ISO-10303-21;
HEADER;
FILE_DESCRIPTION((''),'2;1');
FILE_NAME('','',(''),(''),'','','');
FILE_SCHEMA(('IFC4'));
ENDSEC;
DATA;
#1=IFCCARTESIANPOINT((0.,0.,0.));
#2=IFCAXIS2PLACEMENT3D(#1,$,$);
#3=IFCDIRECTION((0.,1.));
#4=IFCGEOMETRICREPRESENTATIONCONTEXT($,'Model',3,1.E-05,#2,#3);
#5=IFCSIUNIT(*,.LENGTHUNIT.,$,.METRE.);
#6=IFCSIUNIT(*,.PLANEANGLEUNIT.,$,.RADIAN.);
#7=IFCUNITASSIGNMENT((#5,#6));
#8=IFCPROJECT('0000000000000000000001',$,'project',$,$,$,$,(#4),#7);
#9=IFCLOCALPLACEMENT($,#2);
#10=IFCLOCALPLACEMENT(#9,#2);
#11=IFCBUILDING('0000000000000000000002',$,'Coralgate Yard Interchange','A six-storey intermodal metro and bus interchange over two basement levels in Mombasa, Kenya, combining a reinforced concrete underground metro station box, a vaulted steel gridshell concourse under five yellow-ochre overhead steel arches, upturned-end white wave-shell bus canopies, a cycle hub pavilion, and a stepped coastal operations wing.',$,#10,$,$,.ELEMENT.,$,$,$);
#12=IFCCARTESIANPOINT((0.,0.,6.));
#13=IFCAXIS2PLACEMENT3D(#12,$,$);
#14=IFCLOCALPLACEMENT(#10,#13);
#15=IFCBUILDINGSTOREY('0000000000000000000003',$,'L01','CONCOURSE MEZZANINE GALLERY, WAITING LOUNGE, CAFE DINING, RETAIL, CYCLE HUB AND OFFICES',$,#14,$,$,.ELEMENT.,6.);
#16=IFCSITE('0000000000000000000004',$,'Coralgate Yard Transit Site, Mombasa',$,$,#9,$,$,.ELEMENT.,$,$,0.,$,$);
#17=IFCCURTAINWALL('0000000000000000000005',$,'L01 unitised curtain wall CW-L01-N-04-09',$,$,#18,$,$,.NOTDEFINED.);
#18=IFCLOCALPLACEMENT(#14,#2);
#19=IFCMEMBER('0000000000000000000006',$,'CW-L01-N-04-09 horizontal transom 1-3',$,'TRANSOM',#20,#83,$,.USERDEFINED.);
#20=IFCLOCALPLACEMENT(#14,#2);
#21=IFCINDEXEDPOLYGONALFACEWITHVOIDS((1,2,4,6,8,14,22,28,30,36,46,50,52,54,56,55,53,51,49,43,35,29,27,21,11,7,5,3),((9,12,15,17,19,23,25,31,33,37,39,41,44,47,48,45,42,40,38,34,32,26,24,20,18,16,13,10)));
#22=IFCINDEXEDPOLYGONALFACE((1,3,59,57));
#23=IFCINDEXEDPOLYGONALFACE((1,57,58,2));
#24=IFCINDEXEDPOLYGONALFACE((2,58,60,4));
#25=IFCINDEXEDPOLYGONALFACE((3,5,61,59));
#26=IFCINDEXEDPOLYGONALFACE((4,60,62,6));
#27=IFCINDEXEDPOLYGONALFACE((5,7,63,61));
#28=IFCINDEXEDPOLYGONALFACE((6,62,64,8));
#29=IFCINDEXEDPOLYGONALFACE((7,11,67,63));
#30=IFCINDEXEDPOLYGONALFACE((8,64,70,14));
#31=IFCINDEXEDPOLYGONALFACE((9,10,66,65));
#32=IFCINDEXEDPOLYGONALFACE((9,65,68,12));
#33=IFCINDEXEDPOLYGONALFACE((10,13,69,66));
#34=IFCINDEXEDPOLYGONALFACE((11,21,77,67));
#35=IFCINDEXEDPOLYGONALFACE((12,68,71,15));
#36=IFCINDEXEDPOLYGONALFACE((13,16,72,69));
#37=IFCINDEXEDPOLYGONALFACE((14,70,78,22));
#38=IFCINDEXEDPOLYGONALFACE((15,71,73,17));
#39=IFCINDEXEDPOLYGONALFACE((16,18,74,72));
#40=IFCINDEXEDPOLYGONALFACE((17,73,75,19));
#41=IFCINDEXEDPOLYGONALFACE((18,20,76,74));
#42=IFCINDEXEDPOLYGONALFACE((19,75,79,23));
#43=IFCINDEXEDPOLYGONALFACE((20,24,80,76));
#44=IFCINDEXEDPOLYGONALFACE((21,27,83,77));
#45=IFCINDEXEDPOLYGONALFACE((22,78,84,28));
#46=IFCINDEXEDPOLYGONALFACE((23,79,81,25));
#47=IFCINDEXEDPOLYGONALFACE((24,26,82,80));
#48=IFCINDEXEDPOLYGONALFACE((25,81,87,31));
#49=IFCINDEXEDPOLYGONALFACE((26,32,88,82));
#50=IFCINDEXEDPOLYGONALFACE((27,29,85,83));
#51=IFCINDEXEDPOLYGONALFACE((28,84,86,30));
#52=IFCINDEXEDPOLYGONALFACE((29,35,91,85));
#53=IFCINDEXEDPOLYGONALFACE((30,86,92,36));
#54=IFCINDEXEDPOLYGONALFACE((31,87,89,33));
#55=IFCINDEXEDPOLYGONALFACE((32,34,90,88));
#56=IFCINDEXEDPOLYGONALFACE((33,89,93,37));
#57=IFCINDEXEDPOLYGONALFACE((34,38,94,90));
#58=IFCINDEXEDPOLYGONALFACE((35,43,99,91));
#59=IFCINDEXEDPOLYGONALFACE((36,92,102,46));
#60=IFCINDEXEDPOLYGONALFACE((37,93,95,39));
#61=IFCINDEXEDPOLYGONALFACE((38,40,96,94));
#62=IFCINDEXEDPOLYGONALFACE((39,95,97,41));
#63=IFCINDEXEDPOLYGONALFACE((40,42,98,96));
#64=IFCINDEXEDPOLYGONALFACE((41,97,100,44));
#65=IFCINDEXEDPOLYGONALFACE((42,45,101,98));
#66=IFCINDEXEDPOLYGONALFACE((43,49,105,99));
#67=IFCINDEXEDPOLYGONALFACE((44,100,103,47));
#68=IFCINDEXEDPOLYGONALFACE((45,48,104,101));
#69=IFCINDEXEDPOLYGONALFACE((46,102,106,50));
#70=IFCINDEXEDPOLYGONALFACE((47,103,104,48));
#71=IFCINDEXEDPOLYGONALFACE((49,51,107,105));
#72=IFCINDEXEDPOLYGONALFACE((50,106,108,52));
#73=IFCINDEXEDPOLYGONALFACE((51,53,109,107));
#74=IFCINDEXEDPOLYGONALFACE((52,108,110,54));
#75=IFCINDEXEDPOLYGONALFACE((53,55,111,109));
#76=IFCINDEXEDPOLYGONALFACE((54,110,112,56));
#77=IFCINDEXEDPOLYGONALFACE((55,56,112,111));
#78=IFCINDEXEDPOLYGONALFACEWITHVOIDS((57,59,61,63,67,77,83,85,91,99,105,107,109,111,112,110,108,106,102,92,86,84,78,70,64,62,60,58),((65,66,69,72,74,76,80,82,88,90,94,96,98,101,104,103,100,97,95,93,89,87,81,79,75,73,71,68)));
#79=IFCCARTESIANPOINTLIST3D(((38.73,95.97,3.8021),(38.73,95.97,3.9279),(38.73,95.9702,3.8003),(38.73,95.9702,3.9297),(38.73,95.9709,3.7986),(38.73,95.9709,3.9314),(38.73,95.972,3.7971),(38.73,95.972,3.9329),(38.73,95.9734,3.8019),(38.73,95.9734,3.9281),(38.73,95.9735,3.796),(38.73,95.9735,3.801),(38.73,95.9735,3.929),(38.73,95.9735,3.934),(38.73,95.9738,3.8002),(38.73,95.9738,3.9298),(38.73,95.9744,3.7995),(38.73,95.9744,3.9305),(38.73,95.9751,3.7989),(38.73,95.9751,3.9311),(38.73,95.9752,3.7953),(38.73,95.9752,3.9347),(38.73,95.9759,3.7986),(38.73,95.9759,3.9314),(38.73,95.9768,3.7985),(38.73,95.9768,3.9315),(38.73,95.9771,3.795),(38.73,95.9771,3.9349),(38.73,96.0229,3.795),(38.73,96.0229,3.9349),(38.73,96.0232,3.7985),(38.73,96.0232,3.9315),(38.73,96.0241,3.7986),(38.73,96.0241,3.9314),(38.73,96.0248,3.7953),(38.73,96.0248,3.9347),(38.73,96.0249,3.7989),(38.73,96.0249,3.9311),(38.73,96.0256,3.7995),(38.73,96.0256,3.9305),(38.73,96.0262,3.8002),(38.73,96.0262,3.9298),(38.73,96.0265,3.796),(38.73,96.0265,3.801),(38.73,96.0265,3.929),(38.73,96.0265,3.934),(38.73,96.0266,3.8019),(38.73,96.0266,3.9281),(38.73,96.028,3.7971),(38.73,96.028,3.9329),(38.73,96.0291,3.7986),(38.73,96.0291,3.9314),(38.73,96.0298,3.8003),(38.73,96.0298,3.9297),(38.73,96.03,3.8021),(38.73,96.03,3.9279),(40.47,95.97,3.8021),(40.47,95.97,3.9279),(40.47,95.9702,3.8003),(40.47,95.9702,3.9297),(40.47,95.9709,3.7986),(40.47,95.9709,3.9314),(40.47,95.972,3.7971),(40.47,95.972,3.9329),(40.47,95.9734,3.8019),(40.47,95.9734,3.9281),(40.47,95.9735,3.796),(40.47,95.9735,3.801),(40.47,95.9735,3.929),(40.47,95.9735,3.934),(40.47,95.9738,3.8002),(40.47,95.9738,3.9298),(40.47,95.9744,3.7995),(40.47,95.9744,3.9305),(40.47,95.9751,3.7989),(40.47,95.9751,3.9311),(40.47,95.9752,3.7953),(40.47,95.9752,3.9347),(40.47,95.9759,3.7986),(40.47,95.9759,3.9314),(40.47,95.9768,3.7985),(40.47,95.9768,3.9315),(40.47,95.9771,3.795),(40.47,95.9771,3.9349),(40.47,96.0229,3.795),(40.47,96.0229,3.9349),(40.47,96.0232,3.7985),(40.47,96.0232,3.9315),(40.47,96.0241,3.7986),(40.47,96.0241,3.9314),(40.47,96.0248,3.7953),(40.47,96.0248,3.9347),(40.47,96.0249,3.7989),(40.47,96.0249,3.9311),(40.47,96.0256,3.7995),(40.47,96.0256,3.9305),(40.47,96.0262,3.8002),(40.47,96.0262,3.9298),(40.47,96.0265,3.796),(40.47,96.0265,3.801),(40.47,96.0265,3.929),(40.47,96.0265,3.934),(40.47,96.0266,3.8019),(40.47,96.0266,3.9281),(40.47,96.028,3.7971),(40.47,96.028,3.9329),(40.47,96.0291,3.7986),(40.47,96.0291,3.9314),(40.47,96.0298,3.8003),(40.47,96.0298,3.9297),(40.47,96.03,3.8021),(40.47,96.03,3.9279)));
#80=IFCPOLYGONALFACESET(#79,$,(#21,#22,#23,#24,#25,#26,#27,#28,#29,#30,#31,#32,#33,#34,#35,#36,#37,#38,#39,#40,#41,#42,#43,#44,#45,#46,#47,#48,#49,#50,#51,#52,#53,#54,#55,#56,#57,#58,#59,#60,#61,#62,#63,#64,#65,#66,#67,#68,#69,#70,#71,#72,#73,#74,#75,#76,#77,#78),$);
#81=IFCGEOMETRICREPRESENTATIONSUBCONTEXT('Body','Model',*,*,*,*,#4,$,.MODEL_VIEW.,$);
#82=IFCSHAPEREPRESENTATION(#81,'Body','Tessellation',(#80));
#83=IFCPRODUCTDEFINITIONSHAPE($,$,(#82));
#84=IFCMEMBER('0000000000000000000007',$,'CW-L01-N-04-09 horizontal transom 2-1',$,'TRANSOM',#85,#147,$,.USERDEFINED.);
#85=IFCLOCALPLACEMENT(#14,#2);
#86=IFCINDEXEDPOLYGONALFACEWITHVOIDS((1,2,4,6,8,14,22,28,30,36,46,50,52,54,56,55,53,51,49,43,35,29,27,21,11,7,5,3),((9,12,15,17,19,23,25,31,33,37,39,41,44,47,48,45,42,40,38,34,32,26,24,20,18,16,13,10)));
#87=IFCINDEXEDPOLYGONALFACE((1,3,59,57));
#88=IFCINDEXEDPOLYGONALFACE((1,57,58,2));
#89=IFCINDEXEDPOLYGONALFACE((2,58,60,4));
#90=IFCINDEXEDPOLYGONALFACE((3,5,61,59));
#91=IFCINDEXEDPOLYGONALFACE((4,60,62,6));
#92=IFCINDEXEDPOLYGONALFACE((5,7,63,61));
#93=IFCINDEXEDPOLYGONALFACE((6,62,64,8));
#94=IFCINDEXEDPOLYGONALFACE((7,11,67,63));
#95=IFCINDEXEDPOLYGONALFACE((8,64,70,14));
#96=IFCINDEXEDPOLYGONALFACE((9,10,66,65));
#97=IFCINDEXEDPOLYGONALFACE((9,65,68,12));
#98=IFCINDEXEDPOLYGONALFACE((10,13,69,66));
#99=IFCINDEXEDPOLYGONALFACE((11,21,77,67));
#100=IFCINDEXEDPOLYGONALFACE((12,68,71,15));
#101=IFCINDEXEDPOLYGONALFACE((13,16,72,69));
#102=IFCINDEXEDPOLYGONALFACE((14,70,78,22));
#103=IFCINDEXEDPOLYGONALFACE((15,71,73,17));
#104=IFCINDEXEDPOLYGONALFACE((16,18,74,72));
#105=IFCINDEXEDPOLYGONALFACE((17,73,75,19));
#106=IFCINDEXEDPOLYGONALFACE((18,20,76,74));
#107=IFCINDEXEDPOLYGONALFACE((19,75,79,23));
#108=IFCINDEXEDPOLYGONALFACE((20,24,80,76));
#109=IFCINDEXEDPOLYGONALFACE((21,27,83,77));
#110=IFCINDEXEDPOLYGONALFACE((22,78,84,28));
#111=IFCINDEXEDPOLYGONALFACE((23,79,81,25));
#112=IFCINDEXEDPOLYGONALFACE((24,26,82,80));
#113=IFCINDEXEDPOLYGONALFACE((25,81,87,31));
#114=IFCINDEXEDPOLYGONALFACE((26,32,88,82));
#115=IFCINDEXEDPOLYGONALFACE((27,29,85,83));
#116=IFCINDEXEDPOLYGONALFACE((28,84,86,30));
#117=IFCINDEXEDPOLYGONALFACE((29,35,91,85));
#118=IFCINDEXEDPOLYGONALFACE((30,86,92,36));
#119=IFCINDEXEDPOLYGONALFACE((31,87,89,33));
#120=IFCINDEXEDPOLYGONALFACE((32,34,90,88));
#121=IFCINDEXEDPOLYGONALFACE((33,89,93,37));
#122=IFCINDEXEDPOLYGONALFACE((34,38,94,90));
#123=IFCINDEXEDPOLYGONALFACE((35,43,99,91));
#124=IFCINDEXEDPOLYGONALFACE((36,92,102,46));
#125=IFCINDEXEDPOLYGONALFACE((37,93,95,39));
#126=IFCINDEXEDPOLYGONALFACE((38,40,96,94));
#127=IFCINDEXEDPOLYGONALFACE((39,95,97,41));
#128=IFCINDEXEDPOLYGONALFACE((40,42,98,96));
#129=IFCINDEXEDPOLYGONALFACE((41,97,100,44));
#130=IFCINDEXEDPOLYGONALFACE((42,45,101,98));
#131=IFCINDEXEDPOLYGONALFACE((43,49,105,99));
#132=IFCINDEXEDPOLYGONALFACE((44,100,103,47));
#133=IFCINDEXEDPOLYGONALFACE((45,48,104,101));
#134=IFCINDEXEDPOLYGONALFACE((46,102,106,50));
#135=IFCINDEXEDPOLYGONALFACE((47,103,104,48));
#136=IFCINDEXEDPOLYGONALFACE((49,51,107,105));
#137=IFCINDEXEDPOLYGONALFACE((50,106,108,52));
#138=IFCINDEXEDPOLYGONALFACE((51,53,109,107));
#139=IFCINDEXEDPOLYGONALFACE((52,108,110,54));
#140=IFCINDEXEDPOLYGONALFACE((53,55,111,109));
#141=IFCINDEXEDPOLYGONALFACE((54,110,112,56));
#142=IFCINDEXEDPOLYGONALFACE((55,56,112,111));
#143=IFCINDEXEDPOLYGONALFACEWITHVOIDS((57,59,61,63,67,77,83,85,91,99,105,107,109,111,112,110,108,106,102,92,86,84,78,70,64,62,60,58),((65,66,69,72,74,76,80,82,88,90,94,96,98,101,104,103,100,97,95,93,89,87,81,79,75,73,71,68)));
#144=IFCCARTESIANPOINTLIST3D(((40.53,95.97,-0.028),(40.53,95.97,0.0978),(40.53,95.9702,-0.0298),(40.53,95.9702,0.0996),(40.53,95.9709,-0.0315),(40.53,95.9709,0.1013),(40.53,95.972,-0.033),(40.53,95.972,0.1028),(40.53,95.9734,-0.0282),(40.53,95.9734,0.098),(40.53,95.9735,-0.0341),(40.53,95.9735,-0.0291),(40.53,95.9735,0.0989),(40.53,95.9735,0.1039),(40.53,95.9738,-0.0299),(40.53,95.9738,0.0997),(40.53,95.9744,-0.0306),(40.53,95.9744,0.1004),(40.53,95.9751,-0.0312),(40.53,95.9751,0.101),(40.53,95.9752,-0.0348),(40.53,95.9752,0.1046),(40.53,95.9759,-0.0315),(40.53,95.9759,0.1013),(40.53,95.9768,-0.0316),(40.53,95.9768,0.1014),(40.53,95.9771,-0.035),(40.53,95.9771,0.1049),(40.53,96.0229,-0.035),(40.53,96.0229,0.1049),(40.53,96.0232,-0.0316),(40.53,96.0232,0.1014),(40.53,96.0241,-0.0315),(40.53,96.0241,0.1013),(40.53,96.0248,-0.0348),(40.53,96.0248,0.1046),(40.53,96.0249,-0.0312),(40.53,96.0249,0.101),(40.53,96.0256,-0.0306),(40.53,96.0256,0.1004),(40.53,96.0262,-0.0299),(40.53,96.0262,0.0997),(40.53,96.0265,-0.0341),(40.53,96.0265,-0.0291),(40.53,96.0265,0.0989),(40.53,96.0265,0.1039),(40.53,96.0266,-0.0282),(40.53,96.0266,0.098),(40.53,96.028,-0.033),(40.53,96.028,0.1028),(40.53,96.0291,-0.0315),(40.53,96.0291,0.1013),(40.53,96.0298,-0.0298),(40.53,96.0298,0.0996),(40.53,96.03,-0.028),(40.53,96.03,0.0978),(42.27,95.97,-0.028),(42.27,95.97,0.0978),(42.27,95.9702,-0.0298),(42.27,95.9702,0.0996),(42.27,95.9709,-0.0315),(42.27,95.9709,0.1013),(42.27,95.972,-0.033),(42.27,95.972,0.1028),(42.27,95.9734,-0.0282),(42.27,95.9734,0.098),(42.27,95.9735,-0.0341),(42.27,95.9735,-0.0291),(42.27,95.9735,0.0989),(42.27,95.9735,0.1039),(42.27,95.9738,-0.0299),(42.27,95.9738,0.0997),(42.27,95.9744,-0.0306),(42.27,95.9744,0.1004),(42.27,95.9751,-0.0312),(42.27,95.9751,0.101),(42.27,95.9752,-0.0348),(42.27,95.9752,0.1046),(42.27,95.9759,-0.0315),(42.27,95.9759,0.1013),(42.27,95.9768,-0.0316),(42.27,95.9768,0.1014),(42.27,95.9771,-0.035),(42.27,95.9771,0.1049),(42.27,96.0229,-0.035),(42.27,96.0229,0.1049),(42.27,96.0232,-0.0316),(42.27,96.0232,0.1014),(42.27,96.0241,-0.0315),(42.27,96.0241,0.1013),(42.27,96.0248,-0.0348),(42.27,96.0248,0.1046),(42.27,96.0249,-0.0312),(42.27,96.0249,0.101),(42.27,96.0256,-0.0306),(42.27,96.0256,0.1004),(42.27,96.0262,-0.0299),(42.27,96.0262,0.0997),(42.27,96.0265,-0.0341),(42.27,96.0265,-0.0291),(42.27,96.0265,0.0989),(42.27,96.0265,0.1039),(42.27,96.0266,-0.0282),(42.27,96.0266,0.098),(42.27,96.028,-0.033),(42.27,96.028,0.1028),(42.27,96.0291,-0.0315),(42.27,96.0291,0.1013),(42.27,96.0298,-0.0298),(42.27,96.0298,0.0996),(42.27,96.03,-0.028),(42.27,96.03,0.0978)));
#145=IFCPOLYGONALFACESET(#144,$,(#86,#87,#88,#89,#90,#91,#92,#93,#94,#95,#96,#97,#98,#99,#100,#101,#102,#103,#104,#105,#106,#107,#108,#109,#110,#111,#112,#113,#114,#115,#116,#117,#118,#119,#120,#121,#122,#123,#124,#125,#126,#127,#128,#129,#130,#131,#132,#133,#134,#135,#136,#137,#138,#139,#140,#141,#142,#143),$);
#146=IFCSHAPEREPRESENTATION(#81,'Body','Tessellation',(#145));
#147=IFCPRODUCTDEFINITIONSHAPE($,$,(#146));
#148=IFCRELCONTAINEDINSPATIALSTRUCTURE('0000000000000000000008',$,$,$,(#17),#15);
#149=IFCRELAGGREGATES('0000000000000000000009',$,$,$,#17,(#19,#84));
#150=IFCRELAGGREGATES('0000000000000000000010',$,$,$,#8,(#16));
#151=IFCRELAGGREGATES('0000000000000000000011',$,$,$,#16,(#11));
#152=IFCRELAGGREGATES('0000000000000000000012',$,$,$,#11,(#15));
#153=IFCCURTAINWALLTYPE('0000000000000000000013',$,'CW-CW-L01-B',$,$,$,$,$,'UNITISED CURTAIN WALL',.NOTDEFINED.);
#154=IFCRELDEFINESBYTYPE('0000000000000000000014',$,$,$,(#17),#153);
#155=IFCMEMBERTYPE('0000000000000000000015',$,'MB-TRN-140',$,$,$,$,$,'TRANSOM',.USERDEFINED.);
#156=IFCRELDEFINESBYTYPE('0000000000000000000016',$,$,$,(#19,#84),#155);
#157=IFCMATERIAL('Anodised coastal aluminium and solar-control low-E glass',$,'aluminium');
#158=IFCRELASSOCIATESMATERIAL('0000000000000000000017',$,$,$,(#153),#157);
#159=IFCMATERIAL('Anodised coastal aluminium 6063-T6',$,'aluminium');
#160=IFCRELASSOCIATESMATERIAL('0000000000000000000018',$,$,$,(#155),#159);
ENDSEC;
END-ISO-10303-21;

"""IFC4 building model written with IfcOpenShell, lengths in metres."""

from ifc_helpers import new_model, si_unit, direction, frame, origin, origin_2d, place, context, subcontext, project, spatial, hollow_rectangle, extrude, material, material_profile, profile_set, type_object, element, aggregate, save


model = new_model("IFC4")

# Units and contexts
model_context = context("Model", 3, precision=1e-05, world=origin(), true_north=direction((0.0, 1.0)))
body_context = subcontext(model_context, "Body", "Model", "MODEL_VIEW")
ifc_project = project(units=[si_unit("LENGTHUNIT", "METRE"), si_unit("PLANEANGLEUNIT", "RADIAN")], contexts=[model_context])

# Site, building, storey
site_placement = place(None, origin())
site = spatial("IfcSite", under=ifc_project, at=site_placement, Name="Coralgate Yard Transit Site, Mombasa", CompositionType="ELEMENT", RefElevation=0.0)
building_placement = place(site_placement, origin())
building = spatial("IfcBuilding", under=site, at=building_placement, Name="Coralgate Yard Interchange", Description="A six-storey intermodal metro and bus interchange over two basement levels in Mombasa, Kenya, combining a reinforced concrete underground metro station box, a vaulted steel gridshell concourse under five yellow-ochre overhead steel arches, upturned-end white wave-shell bus canopies, a cycle hub pavilion, and a stepped coastal operations wing.", CompositionType="ELEMENT")
storey_placement = place(building_placement, frame((0.0, 0.0, 6.0)))
storey = spatial("IfcBuildingStorey", under=building, at=storey_placement, Name="L01", Description="CONCOURSE MEZZANINE GALLERY, WAITING LOUNGE, CAFE DINING, RETAIL, CYCLE HUB AND OFFICES", CompositionType="ELEMENT", Elevation=6.0)

# Shared definitions
ifc_material_1 = material(Name="Anodised coastal aluminium and solar-control low-E glass", Category="aluminium")
ifc_material_2 = material(Name="Anodised coastal aluminium 6063-T6", Category="aluminium")

# Curtain wall
curtain_wall_type_1 = type_object("IfcCurtainWallType", Name="CW-CW-L01-B", ElementType="UNITISED CURTAIN WALL", PredefinedType="NOTDEFINED", material=ifc_material_1)
curtain_wall_1_placement = place(storey_placement, origin())
curtain_wall_1 = element("IfcCurtainWall", 1, at=curtain_wall_1_placement, inside=storey, type_object=curtain_wall_type_1, Name="L01 unitised curtain wall CW-L01-N-04-09", PredefinedType="NOTDEFINED")

# Members
ifc_material_profile_1 = material_profile(ifc_material_2, hollow_rectangle(XDim=0.0601, YDim=0.1399, WallThickness=0.0034, InnerFilletRadius=0.0034, OuterFilletRadius=0.0071, at=origin_2d()), Name="ALU 60x140x3.5")
ifc_profile_set_1 = profile_set([ifc_material_profile_1], Name="Anodised coastal aluminium 6063-T6")
member_type_1 = type_object("IfcMemberType", Name="MB-TRN-140", ElementType="TRANSOM", PredefinedType="USERDEFINED", material=ifc_profile_set_1)
member_1_placement = place(storey_placement, frame((38.73, 96.0, 3.865), z_axis=(1.0, 0.0, 0.0), x_axis=(0.0, 1.0, 0.0)))
member_1 = element("IfcMember", 2, at=member_1_placement, type_object=member_type_1, Name="CW-L01-N-04-09 horizontal transom 1-3", ObjectType="TRANSOM", PredefinedType="USERDEFINED", context=body_context, shape_type="SweptSolid", body=[
    extrude(hollow_rectangle(XDim=0.0601, YDim=0.1399, WallThickness=0.0034, InnerFilletRadius=0.0034, OuterFilletRadius=0.0071, at=origin_2d()), origin(), (0.0, 0.0, 1.0), 1.74),
])
member_2_placement = place(storey_placement, frame((40.53, 96.0, 0.0349), z_axis=(1.0, 0.0, 0.0), x_axis=(0.0, 1.0, 0.0)))
member_2 = element("IfcMember", 3, at=member_2_placement, type_object=member_type_1, Name="CW-L01-N-04-09 horizontal transom 2-1", ObjectType="TRANSOM", PredefinedType="USERDEFINED", context=body_context, shape_type="SweptSolid", body=[
    extrude(hollow_rectangle(XDim=0.0601, YDim=0.1399, WallThickness=0.0034, InnerFilletRadius=0.0034, OuterFilletRadius=0.0071, at=origin_2d()), origin(), (0.0, 0.0, 1.0), 1.74),
])

aggregate(curtain_wall_1, [member_1, member_2])

save(model, "model.ifc")
